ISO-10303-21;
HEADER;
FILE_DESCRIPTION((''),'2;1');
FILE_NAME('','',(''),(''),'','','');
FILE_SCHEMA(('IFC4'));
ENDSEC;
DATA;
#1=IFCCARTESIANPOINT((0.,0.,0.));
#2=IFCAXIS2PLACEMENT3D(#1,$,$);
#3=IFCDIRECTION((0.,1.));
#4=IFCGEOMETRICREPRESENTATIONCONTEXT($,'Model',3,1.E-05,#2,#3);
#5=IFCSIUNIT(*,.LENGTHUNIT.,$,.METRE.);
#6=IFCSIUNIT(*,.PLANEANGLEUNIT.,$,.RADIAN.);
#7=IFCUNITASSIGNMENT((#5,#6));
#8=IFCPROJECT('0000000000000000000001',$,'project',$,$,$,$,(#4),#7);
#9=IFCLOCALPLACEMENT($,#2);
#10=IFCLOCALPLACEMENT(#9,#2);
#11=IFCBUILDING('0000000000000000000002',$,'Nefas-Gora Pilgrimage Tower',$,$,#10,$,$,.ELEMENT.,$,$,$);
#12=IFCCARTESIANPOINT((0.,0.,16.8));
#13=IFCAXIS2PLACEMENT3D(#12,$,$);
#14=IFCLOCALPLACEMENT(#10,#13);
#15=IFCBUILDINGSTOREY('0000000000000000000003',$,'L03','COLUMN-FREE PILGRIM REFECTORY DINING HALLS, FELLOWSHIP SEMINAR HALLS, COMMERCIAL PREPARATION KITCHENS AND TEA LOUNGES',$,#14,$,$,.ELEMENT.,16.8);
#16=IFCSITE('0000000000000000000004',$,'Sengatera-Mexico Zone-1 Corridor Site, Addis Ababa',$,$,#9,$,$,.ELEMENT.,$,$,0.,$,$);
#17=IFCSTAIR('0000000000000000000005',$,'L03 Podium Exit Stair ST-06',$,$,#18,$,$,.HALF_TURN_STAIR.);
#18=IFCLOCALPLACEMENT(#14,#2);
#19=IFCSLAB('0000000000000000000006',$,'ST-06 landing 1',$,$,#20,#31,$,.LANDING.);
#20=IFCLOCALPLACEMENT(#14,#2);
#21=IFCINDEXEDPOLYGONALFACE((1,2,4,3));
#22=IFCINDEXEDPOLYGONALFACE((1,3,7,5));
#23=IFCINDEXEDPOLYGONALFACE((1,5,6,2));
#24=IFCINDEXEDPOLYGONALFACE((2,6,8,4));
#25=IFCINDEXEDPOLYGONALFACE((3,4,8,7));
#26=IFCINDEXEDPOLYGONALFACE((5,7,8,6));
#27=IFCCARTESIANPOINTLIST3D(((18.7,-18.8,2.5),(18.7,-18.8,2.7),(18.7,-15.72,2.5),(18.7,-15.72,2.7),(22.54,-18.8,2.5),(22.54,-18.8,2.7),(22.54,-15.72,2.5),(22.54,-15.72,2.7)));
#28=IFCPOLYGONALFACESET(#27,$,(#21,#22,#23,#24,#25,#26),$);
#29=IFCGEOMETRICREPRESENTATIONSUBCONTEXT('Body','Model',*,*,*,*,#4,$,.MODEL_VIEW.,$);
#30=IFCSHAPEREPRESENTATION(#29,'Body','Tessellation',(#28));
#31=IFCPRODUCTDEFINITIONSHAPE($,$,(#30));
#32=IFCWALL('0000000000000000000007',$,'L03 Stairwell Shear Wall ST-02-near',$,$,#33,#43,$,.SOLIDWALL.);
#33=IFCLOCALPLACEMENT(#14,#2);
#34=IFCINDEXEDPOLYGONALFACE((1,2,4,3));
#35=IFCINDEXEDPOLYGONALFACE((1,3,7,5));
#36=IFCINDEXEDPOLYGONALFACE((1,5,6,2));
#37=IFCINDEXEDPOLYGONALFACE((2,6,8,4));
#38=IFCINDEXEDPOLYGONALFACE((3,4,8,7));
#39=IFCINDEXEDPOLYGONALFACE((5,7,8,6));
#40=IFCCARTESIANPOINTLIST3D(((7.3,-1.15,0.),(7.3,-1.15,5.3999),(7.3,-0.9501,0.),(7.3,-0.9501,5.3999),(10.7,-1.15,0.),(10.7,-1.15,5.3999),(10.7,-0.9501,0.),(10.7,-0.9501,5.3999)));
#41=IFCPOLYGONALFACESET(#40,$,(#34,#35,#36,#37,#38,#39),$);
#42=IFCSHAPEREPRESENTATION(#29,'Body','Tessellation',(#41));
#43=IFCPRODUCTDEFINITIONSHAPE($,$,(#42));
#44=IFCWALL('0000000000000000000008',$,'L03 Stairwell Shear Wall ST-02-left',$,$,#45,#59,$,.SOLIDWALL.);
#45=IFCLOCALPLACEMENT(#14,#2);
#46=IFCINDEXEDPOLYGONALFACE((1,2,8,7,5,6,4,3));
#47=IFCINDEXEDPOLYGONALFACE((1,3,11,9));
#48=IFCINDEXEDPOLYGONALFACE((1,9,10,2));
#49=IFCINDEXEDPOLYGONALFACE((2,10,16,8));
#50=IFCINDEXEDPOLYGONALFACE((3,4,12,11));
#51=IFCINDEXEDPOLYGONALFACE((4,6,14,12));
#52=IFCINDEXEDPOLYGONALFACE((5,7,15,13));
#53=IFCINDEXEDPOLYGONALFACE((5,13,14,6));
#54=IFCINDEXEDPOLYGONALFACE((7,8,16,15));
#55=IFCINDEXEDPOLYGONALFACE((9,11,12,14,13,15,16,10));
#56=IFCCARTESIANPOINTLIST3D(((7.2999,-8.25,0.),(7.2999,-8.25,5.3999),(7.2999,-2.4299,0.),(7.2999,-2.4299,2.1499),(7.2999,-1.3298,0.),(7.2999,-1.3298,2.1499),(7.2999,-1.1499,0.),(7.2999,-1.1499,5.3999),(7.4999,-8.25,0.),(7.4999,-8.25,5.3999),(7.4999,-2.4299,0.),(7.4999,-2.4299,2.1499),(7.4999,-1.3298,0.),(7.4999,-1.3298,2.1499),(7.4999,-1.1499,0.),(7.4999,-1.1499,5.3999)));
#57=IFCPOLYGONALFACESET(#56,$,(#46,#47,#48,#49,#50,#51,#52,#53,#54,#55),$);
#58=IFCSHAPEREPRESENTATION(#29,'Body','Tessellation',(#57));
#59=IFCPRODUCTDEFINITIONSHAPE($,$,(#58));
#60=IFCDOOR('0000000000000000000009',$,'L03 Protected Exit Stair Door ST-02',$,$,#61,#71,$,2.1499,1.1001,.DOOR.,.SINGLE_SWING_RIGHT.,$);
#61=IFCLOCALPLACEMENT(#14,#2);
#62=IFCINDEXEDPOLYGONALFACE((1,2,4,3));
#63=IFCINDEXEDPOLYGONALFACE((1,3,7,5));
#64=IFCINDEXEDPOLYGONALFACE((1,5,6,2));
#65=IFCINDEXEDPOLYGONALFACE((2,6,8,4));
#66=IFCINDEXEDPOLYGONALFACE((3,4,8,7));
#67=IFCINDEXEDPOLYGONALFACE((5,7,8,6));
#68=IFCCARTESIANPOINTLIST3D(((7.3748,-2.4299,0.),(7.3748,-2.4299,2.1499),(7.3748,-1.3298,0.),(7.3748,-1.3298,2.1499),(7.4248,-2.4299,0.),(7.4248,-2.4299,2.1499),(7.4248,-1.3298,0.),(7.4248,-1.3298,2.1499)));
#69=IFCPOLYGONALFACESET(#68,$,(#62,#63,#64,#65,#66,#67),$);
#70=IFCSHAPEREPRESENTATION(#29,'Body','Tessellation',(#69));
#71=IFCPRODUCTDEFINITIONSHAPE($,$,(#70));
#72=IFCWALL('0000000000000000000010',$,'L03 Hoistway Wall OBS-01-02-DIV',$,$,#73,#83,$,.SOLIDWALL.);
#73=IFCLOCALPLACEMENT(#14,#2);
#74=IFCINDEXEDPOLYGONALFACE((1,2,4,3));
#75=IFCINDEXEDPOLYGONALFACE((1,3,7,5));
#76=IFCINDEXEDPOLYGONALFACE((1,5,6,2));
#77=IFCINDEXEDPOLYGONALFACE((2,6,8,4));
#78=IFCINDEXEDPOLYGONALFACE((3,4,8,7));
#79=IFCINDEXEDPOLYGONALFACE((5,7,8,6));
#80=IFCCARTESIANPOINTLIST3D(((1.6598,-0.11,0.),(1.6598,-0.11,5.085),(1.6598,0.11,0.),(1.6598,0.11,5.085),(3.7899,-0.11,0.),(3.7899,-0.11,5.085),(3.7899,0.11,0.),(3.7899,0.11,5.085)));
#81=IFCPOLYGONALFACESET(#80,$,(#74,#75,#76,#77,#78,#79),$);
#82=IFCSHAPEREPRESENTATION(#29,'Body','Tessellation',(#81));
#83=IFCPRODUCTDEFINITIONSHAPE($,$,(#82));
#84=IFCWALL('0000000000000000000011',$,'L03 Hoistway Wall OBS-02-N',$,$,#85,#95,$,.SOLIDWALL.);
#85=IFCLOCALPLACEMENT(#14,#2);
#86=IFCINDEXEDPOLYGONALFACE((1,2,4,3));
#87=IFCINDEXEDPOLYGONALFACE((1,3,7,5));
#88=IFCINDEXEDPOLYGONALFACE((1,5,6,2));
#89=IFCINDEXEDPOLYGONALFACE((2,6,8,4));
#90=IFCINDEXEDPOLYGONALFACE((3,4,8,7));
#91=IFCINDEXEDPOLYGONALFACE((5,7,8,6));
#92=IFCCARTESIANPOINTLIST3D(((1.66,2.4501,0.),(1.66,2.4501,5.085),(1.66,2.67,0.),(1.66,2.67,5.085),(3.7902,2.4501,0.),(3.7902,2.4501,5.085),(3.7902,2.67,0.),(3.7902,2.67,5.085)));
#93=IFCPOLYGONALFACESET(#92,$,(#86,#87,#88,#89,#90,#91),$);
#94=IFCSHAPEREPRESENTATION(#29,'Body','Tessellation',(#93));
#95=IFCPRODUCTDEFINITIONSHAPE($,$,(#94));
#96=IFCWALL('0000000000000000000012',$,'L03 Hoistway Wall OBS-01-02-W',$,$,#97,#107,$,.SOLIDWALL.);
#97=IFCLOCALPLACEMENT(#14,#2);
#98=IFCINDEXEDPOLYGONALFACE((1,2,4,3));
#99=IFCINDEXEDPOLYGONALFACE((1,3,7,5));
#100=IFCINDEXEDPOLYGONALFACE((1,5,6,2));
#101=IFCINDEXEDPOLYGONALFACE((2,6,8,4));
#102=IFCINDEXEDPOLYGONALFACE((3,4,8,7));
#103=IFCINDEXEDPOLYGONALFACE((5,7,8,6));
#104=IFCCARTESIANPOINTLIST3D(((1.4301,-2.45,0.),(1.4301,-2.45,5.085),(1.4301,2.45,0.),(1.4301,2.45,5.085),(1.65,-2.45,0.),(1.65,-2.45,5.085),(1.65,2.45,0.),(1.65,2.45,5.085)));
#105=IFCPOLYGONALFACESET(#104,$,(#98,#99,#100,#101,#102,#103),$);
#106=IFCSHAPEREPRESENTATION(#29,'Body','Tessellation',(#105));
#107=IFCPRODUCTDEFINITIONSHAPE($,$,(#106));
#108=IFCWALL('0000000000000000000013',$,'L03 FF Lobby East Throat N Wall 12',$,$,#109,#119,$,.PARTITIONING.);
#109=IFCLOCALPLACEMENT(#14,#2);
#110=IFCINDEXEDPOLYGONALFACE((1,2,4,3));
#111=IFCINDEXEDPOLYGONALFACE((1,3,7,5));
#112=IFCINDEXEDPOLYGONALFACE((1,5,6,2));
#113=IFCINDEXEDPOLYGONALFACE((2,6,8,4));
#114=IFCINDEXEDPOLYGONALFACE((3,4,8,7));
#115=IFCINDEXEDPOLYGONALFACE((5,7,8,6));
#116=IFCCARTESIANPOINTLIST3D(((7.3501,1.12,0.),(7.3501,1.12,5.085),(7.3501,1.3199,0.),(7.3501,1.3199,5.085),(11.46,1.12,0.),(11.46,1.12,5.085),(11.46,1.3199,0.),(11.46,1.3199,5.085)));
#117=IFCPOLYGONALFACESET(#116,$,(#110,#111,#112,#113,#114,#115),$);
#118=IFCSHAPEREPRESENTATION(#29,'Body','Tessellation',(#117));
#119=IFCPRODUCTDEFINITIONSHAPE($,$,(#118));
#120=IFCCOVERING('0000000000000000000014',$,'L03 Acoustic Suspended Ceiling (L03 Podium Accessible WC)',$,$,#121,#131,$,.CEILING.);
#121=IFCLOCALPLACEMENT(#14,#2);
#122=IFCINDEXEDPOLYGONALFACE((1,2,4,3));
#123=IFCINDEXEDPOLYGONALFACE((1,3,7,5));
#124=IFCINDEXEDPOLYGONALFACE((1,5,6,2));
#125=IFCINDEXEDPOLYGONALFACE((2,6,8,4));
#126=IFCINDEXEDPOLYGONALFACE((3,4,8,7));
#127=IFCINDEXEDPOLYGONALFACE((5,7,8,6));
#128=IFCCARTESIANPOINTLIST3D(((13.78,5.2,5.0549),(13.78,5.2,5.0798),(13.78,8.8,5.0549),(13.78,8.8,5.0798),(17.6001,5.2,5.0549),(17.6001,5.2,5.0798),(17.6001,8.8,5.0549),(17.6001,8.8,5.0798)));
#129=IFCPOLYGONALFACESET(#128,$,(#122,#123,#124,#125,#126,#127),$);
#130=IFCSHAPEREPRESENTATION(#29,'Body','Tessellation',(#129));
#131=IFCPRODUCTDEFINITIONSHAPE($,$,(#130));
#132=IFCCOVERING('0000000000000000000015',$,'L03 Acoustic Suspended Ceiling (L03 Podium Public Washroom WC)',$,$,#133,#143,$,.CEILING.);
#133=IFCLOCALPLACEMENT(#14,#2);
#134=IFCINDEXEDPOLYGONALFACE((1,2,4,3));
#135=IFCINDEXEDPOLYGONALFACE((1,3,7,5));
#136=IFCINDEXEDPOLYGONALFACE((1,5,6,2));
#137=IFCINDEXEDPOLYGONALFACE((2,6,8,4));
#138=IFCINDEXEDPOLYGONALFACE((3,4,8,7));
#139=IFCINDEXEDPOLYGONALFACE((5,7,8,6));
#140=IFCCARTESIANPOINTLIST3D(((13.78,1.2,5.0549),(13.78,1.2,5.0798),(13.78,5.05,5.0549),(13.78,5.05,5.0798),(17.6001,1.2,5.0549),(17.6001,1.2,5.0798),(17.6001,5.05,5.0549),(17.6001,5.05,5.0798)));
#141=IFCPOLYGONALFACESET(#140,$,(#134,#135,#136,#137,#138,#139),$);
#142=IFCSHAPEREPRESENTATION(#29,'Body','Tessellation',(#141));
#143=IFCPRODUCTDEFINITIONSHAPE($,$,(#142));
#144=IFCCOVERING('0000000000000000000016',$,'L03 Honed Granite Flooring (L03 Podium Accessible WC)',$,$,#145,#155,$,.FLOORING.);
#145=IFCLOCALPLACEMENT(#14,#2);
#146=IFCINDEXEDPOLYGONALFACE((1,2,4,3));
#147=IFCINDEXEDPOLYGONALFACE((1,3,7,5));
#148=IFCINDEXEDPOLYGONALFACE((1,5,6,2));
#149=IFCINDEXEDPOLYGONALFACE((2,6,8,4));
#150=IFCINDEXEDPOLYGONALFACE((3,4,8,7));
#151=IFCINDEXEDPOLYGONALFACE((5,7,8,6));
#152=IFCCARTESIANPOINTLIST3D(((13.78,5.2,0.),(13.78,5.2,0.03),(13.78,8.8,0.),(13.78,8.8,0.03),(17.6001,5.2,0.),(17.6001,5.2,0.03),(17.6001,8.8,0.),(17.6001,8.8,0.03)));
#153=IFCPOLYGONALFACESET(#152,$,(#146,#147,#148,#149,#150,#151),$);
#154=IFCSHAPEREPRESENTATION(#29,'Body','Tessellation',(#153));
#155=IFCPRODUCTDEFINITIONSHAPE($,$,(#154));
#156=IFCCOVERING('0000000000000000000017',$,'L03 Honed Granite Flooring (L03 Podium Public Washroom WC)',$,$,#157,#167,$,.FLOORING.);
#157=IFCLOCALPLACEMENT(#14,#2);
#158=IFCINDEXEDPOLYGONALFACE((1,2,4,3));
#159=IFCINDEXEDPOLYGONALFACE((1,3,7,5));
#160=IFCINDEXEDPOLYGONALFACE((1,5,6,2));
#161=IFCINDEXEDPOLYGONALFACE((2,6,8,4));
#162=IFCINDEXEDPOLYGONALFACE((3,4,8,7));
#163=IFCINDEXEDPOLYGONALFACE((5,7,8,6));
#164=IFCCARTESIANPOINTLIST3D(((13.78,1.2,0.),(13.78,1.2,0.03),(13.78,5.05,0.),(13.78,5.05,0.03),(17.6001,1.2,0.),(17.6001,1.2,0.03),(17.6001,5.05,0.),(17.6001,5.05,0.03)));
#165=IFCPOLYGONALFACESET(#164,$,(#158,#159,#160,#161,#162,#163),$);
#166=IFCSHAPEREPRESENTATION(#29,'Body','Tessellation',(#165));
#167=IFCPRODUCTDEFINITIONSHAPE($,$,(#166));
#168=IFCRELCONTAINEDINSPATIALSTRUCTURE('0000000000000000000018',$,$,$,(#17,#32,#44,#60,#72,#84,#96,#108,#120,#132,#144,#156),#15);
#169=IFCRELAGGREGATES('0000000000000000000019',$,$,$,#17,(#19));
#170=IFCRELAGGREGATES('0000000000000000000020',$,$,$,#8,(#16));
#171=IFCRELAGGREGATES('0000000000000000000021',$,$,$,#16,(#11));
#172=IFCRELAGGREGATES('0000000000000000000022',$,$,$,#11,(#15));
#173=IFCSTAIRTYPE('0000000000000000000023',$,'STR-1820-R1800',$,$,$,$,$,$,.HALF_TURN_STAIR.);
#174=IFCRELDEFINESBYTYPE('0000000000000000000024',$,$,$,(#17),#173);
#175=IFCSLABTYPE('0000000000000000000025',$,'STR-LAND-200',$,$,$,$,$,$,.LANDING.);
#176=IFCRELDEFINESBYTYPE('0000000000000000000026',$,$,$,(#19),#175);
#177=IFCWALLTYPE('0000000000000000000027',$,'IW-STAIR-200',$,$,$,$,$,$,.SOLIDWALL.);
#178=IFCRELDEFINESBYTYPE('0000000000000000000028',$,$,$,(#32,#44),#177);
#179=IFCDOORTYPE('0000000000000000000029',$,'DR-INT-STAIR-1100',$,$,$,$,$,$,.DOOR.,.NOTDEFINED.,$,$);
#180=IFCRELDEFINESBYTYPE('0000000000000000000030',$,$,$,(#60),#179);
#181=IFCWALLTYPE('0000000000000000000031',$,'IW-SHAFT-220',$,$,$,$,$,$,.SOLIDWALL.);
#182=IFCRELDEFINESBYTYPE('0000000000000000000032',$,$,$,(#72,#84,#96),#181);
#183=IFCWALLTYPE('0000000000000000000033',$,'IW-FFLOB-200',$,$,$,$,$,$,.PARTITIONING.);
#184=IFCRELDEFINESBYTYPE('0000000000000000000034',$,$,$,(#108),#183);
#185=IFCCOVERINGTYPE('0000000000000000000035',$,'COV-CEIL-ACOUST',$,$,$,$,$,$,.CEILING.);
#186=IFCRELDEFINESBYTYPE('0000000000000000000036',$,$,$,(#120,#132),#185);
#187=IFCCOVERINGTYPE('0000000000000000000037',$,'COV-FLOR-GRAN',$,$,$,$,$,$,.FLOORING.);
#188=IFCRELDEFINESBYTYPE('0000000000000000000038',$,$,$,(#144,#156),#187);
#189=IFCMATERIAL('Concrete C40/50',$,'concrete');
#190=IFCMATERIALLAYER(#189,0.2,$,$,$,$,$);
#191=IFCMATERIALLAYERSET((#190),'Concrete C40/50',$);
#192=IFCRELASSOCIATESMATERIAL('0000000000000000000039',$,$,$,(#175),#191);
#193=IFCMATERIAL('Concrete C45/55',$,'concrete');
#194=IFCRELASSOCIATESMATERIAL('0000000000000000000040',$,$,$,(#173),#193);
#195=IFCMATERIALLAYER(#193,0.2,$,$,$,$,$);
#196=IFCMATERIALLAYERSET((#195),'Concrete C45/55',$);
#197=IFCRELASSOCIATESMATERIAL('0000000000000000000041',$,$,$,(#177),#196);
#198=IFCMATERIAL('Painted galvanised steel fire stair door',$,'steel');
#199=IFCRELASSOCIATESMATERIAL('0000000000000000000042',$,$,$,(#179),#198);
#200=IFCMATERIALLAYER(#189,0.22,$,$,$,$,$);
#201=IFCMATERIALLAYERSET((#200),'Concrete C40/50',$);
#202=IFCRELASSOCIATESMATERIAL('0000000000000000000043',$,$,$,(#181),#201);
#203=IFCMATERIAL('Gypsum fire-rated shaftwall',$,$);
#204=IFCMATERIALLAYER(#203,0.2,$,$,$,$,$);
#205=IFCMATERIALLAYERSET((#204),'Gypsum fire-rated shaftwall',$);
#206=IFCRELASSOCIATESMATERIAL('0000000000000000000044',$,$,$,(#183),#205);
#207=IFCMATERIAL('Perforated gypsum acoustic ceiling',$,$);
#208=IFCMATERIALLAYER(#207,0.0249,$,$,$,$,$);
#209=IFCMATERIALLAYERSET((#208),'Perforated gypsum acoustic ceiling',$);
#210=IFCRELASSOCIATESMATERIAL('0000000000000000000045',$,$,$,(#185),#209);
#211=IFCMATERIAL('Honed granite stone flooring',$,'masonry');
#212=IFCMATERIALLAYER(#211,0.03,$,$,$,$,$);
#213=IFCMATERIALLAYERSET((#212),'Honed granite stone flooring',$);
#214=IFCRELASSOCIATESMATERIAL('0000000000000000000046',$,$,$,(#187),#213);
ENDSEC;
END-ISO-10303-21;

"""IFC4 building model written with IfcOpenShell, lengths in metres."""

from ifc_helpers import new_model, si_unit, direction, frame, frame_2d, origin, place, context, subcontext, project, spatial, polyline, rectangle, outline, extrude, source, transform, mapped, material, layer, layer_set, type_object, element, fill, aggregate, save


model = new_model("IFC4")

# Units and contexts
model_context = context("Model", 3, precision=1e-05, world=origin(), true_north=direction((0.0, 1.0)))
body_context = subcontext(model_context, "Body", "Model", "MODEL_VIEW")
ifc_project = project(units=[si_unit("LENGTHUNIT", "METRE"), si_unit("PLANEANGLEUNIT", "RADIAN")], contexts=[model_context])

# Site, building, storey
site_placement = place(None, origin())
site = spatial("IfcSite", under=ifc_project, at=site_placement, Name="Sengatera-Mexico Zone-1 Corridor Site, Addis Ababa", CompositionType="ELEMENT", RefElevation=0.0)
building_placement = place(site_placement, origin())
building = spatial("IfcBuilding", under=site, at=building_placement, Name="Nefas-Gora Pilgrimage Tower", CompositionType="ELEMENT")
storey_placement = place(building_placement, frame((0.0, 0.0, 16.8)))
storey = spatial("IfcBuildingStorey", under=building, at=storey_placement, Name="L03", Description="COLUMN-FREE PILGRIM REFECTORY DINING HALLS, FELLOWSHIP SEMINAR HALLS, COMMERCIAL PREPARATION KITCHENS AND TEA LOUNGES", CompositionType="ELEMENT", Elevation=16.8)

# Shared definitions
ifc_material_1 = material(Name="Concrete C45/55", Category="concrete")

# Stair, slab
ifc_material_2 = material(Name="Concrete C40/50", Category="concrete")
ifc_layer_1 = layer(ifc_material_2, 0.2)
ifc_layer_set_1 = layer_set([ifc_layer_1], Name="Concrete C40/50")
slab_type_1 = type_object("IfcSlabType", Name="STR-LAND-200", PredefinedType="LANDING", material=ifc_layer_set_1)
stair_type_1 = type_object("IfcStairType", Name="STR-1820-R1800", PredefinedType="HALF_TURN_STAIR", material=ifc_material_1)
stair_1_placement = place(storey_placement, origin())
stair_1 = element("IfcStair", 1, at=stair_1_placement, inside=storey, type_object=stair_type_1, Name="L03 Podium Exit Stair ST-06", PredefinedType="HALF_TURN_STAIR")
slab_1_placement = place(storey_placement, frame((0.0, 0.0, 2.5)))
slab_1 = element("IfcSlab", 2, at=slab_1_placement, type_object=slab_type_1, Name="ST-06 landing 1", PredefinedType="LANDING", context=body_context, shape_type="SweptSolid", body=[
    extrude(outline(polyline([(18.7, -15.72), (18.7, -18.8), (22.54, -18.8), (22.54, -15.72), (18.7, -15.72)])), origin(), (0.0, 0.0, 1.0), 0.2),
])
aggregate(stair_1, [slab_1])

# Wall
ifc_layer_2 = layer(ifc_material_1, 0.2)
ifc_layer_set_2 = layer_set([ifc_layer_2], Name="Concrete C45/55")
wall_type_1 = type_object("IfcWallType", Name="IW-STAIR-200", PredefinedType="SOLIDWALL", material=ifc_layer_set_2)
shared_shape_1 = source(origin(), body_context, "Body", "SweptSolid", [
    extrude(rectangle(XDim=3.3999, YDim=0.2, at=frame_2d((1.7, 0.0))), origin(), (0.0, 0.0, 1.0), 5.3999),
])
wall_1_placement = place(storey_placement, frame((7.3, -1.05, 0.0), z_axis=(0.0, 0.0, 1.0), x_axis=(1.0, 0.0, 0.0)))
element("IfcWall", 3, at=wall_1_placement, inside=storey, type_object=wall_type_1, Name="L03 Stairwell Shear Wall ST-02-near", PredefinedType="SOLIDWALL", context=body_context, shape_type="MappedRepresentation", body=[
    mapped(shared_shape_1, transform((0.0, 0.0, 0.0), x_axis=(1.0, 0.0, 0.0), y_axis=(0.0, 1.0, 0.0), z_axis=(0.0, 0.0, 1.0), scale=1.0)),
])

# Wall, opening, door
shared_shape_2 = source(origin(), body_context, "Body", "SweptSolid", [
    extrude(rectangle(XDim=7.1001, YDim=0.2, at=frame_2d((3.55, 0.0))), origin(), (0.0, 0.0, 1.0), 5.3999),
])
wall_2_placement = place(storey_placement, frame((7.3999, -1.1499, 0.0), z_axis=(0.0, 0.0, 1.0), x_axis=(0.0, -1.0, 0.0)))
wall_2 = element("IfcWall", 4, at=wall_2_placement, inside=storey, type_object=wall_type_1, Name="L03 Stairwell Shear Wall ST-02-left", PredefinedType="SOLIDWALL", context=body_context, shape_type="MappedRepresentation", body=[
    mapped(shared_shape_2, transform((0.0, 0.0, 0.0), x_axis=(1.0, 0.0, 0.0), y_axis=(0.0, 1.0, 0.0), z_axis=(0.0, 0.0, 1.0), scale=1.0)),
])
opening_placement = place(wall_2_placement, frame((0.1799, 0.0, 0.0)))
opening = element("IfcOpeningElement", 5, at=opening_placement, cuts=wall_2, PredefinedType="OPENING", context=body_context, shape_type="SweptSolid", body=[
    extrude(rectangle(XDim=1.1001, YDim=2.1499, at=frame_2d((0.55, 1.075))), frame((0.0, 0.1099, 0.0), z_axis=(0.0, -1.0, 0.0), x_axis=(1.0, 0.0, 0.0)), (0.0, 0.0, 1.0), 0.22),
])
ifc_material_3 = material(Name="Painted galvanised steel fire stair door", Category="steel")
door_type = type_object("IfcDoorType", Name="DR-INT-STAIR-1100", OperationType="NOTDEFINED", PredefinedType="DOOR", material=ifc_material_3)
shared_shape_3 = source(origin(), body_context, "Body", "SweptSolid", [
    extrude(rectangle(XDim=1.1001, YDim=2.1499, at=frame_2d((0.55, 1.075))), frame((0.0, 0.0249, 0.0), z_axis=(0.0, -1.0, 0.0), x_axis=(1.0, 0.0, 0.0)), (0.0, 0.0, 1.0), 0.05),
])
door_placement = place(opening_placement, origin())
door = element("IfcDoor", 6, at=door_placement, inside=storey, type_object=door_type, Name="L03 Protected Exit Stair Door ST-02", OperationType="SINGLE_SWING_RIGHT", OverallHeight=2.1499, OverallWidth=1.1001, PredefinedType="DOOR", context=body_context, shape_type="MappedRepresentation", body=[
    mapped(shared_shape_3, transform((0.0, 0.0, 0.0), x_axis=(1.0, 0.0, 0.0), y_axis=(0.0, 1.0, 0.0), z_axis=(0.0, 0.0, 1.0), scale=1.0)),
])
fill(opening, door)

# Walls
ifc_layer_3 = layer(ifc_material_2, 0.22)
ifc_layer_set_3 = layer_set([ifc_layer_3], Name="Concrete C40/50")
wall_type_2 = type_object("IfcWallType", Name="IW-SHAFT-220", PredefinedType="SOLIDWALL", material=ifc_layer_set_3)
shared_shape_4 = source(origin(), body_context, "Body", "SweptSolid", [
    extrude(rectangle(XDim=2.1301, YDim=0.22, at=frame_2d((1.0649, 0.0))), origin(), (0.0, 0.0, 1.0), 5.085),
])
for number, where, z_axis, x_axis, name in (
    (7, (1.6599, 0.0, 0.0), (0.0, 0.0, 1.0), (1.0, 0.0, 0.0), "L03 Hoistway Wall OBS-01-02-DIV"),
    (8, (3.79, 2.5601, 0.0), (0.0, 0.0, 1.0), (-1.0, 0.0, 0.0), "L03 Hoistway Wall OBS-02-N"),
):
    element("IfcWall", number, at=place(storey_placement, frame(where, z_axis=z_axis, x_axis=x_axis)), inside=storey, type_object=wall_type_2, Name=name, PredefinedType="SOLIDWALL", context=body_context, shape_type="MappedRepresentation", body=[
        mapped(shared_shape_4, transform((0.0, 0.0, 0.0), x_axis=(1.0, 0.0, 0.0), y_axis=(0.0, 1.0, 0.0), z_axis=(0.0, 0.0, 1.0), scale=1.0)),
    ])
shared_shape_5 = source(origin(), body_context, "Body", "SweptSolid", [
    extrude(rectangle(XDim=4.8999, YDim=0.22, at=frame_2d((2.45, 0.0))), origin(), (0.0, 0.0, 1.0), 5.085),
])
wall_3_placement = place(storey_placement, frame((1.54, 2.45, 0.0), z_axis=(0.0, 0.0, 1.0), x_axis=(0.0, -1.0, 0.0)))
element("IfcWall", 9, at=wall_3_placement, inside=storey, type_object=wall_type_2, Name="L03 Hoistway Wall OBS-01-02-W", PredefinedType="SOLIDWALL", context=body_context, shape_type="MappedRepresentation", body=[
    mapped(shared_shape_5, transform((0.0, 0.0, 0.0), x_axis=(1.0, 0.0, 0.0), y_axis=(0.0, 1.0, 0.0), z_axis=(0.0, 0.0, 1.0), scale=1.0)),
])
ifc_material_4 = material(Name="Gypsum fire-rated shaftwall")
ifc_layer_4 = layer(ifc_material_4, 0.2)
ifc_layer_set_4 = layer_set([ifc_layer_4], Name="Gypsum fire-rated shaftwall")
wall_type_3 = type_object("IfcWallType", Name="IW-FFLOB-200", PredefinedType="PARTITIONING", material=ifc_layer_set_4)
shared_shape_6 = source(origin(), body_context, "Body", "SweptSolid", [
    extrude(rectangle(XDim=4.1099, YDim=0.2, at=frame_2d((2.0549, 0.0))), origin(), (0.0, 0.0, 1.0), 5.085),
])
wall_4_placement = place(storey_placement, frame((7.3501, 1.22, 0.0), z_axis=(0.0, 0.0, 1.0), x_axis=(1.0, 0.0, 0.0)))
element("IfcWall", 10, at=wall_4_placement, inside=storey, type_object=wall_type_3, Name="L03 FF Lobby East Throat N Wall 12", PredefinedType="PARTITIONING", context=body_context, shape_type="MappedRepresentation", body=[
    mapped(shared_shape_6, transform((0.0, 0.0, 0.0), x_axis=(1.0, 0.0, 0.0), y_axis=(0.0, 1.0, 0.0), z_axis=(0.0, 0.0, 1.0), scale=1.0)),
])

# Coverings
ifc_material_5 = material(Name="Perforated gypsum acoustic ceiling")
ifc_layer_5 = layer(ifc_material_5, 0.0249)
ifc_layer_set_5 = layer_set([ifc_layer_5], Name="Perforated gypsum acoustic ceiling")
covering_type_1 = type_object("IfcCoveringType", Name="COV-CEIL-ACOUST", PredefinedType="CEILING", material=ifc_layer_set_5)
covering_1_placement = place(storey_placement, frame((0.0, 0.0, 5.0549)))
element("IfcCovering", 11, at=covering_1_placement, inside=storey, type_object=covering_type_1, Name="L03 Acoustic Suspended Ceiling (L03 Podium Accessible WC)", PredefinedType="CEILING", context=body_context, shape_type="SweptSolid", body=[
    extrude(outline(polyline([(13.78, 8.8), (13.78, 5.2), (17.6001, 5.2), (17.6001, 8.8), (13.78, 8.8)])), origin(), (0.0, 0.0, 1.0), 0.0249),
])
covering_2_placement = place(storey_placement, frame((0.0, 0.0, 5.0549)))
element("IfcCovering", 12, at=covering_2_placement, inside=storey, type_object=covering_type_1, Name="L03 Acoustic Suspended Ceiling (L03 Podium Public Washroom WC)", PredefinedType="CEILING", context=body_context, shape_type="SweptSolid", body=[
    extrude(outline(polyline([(13.78, 5.05), (13.78, 1.2), (17.6001, 1.2), (17.6001, 5.05), (13.78, 5.05)])), origin(), (0.0, 0.0, 1.0), 0.0249),
])
ifc_material_6 = material(Name="Honed granite stone flooring", Category="masonry")
ifc_layer_6 = layer(ifc_material_6, 0.03)
ifc_layer_set_6 = layer_set([ifc_layer_6], Name="Honed granite stone flooring")
covering_type_2 = type_object("IfcCoveringType", Name="COV-FLOR-GRAN", PredefinedType="FLOORING", material=ifc_layer_set_6)
covering_3_placement = place(storey_placement, origin())
element("IfcCovering", 13, at=covering_3_placement, inside=storey, type_object=covering_type_2, Name="L03 Honed Granite Flooring (L03 Podium Accessible WC)", PredefinedType="FLOORING", context=body_context, shape_type="SweptSolid", body=[
    extrude(outline(polyline([(13.78, 8.8), (13.78, 5.2), (17.6001, 5.2), (17.6001, 8.8), (13.78, 8.8)])), origin(), (0.0, 0.0, 1.0), 0.03),
])
covering_4_placement = place(storey_placement, origin())
element("IfcCovering", 14, at=covering_4_placement, inside=storey, type_object=covering_type_2, Name="L03 Honed Granite Flooring (L03 Podium Public Washroom WC)", PredefinedType="FLOORING", context=body_context, shape_type="SweptSolid", body=[
    extrude(outline(polyline([(13.78, 5.05), (13.78, 1.2), (17.6001, 1.2), (17.6001, 5.05), (13.78, 5.05)])), origin(), (0.0, 0.0, 1.0), 0.03),
])

save(model, "model.ifc")
